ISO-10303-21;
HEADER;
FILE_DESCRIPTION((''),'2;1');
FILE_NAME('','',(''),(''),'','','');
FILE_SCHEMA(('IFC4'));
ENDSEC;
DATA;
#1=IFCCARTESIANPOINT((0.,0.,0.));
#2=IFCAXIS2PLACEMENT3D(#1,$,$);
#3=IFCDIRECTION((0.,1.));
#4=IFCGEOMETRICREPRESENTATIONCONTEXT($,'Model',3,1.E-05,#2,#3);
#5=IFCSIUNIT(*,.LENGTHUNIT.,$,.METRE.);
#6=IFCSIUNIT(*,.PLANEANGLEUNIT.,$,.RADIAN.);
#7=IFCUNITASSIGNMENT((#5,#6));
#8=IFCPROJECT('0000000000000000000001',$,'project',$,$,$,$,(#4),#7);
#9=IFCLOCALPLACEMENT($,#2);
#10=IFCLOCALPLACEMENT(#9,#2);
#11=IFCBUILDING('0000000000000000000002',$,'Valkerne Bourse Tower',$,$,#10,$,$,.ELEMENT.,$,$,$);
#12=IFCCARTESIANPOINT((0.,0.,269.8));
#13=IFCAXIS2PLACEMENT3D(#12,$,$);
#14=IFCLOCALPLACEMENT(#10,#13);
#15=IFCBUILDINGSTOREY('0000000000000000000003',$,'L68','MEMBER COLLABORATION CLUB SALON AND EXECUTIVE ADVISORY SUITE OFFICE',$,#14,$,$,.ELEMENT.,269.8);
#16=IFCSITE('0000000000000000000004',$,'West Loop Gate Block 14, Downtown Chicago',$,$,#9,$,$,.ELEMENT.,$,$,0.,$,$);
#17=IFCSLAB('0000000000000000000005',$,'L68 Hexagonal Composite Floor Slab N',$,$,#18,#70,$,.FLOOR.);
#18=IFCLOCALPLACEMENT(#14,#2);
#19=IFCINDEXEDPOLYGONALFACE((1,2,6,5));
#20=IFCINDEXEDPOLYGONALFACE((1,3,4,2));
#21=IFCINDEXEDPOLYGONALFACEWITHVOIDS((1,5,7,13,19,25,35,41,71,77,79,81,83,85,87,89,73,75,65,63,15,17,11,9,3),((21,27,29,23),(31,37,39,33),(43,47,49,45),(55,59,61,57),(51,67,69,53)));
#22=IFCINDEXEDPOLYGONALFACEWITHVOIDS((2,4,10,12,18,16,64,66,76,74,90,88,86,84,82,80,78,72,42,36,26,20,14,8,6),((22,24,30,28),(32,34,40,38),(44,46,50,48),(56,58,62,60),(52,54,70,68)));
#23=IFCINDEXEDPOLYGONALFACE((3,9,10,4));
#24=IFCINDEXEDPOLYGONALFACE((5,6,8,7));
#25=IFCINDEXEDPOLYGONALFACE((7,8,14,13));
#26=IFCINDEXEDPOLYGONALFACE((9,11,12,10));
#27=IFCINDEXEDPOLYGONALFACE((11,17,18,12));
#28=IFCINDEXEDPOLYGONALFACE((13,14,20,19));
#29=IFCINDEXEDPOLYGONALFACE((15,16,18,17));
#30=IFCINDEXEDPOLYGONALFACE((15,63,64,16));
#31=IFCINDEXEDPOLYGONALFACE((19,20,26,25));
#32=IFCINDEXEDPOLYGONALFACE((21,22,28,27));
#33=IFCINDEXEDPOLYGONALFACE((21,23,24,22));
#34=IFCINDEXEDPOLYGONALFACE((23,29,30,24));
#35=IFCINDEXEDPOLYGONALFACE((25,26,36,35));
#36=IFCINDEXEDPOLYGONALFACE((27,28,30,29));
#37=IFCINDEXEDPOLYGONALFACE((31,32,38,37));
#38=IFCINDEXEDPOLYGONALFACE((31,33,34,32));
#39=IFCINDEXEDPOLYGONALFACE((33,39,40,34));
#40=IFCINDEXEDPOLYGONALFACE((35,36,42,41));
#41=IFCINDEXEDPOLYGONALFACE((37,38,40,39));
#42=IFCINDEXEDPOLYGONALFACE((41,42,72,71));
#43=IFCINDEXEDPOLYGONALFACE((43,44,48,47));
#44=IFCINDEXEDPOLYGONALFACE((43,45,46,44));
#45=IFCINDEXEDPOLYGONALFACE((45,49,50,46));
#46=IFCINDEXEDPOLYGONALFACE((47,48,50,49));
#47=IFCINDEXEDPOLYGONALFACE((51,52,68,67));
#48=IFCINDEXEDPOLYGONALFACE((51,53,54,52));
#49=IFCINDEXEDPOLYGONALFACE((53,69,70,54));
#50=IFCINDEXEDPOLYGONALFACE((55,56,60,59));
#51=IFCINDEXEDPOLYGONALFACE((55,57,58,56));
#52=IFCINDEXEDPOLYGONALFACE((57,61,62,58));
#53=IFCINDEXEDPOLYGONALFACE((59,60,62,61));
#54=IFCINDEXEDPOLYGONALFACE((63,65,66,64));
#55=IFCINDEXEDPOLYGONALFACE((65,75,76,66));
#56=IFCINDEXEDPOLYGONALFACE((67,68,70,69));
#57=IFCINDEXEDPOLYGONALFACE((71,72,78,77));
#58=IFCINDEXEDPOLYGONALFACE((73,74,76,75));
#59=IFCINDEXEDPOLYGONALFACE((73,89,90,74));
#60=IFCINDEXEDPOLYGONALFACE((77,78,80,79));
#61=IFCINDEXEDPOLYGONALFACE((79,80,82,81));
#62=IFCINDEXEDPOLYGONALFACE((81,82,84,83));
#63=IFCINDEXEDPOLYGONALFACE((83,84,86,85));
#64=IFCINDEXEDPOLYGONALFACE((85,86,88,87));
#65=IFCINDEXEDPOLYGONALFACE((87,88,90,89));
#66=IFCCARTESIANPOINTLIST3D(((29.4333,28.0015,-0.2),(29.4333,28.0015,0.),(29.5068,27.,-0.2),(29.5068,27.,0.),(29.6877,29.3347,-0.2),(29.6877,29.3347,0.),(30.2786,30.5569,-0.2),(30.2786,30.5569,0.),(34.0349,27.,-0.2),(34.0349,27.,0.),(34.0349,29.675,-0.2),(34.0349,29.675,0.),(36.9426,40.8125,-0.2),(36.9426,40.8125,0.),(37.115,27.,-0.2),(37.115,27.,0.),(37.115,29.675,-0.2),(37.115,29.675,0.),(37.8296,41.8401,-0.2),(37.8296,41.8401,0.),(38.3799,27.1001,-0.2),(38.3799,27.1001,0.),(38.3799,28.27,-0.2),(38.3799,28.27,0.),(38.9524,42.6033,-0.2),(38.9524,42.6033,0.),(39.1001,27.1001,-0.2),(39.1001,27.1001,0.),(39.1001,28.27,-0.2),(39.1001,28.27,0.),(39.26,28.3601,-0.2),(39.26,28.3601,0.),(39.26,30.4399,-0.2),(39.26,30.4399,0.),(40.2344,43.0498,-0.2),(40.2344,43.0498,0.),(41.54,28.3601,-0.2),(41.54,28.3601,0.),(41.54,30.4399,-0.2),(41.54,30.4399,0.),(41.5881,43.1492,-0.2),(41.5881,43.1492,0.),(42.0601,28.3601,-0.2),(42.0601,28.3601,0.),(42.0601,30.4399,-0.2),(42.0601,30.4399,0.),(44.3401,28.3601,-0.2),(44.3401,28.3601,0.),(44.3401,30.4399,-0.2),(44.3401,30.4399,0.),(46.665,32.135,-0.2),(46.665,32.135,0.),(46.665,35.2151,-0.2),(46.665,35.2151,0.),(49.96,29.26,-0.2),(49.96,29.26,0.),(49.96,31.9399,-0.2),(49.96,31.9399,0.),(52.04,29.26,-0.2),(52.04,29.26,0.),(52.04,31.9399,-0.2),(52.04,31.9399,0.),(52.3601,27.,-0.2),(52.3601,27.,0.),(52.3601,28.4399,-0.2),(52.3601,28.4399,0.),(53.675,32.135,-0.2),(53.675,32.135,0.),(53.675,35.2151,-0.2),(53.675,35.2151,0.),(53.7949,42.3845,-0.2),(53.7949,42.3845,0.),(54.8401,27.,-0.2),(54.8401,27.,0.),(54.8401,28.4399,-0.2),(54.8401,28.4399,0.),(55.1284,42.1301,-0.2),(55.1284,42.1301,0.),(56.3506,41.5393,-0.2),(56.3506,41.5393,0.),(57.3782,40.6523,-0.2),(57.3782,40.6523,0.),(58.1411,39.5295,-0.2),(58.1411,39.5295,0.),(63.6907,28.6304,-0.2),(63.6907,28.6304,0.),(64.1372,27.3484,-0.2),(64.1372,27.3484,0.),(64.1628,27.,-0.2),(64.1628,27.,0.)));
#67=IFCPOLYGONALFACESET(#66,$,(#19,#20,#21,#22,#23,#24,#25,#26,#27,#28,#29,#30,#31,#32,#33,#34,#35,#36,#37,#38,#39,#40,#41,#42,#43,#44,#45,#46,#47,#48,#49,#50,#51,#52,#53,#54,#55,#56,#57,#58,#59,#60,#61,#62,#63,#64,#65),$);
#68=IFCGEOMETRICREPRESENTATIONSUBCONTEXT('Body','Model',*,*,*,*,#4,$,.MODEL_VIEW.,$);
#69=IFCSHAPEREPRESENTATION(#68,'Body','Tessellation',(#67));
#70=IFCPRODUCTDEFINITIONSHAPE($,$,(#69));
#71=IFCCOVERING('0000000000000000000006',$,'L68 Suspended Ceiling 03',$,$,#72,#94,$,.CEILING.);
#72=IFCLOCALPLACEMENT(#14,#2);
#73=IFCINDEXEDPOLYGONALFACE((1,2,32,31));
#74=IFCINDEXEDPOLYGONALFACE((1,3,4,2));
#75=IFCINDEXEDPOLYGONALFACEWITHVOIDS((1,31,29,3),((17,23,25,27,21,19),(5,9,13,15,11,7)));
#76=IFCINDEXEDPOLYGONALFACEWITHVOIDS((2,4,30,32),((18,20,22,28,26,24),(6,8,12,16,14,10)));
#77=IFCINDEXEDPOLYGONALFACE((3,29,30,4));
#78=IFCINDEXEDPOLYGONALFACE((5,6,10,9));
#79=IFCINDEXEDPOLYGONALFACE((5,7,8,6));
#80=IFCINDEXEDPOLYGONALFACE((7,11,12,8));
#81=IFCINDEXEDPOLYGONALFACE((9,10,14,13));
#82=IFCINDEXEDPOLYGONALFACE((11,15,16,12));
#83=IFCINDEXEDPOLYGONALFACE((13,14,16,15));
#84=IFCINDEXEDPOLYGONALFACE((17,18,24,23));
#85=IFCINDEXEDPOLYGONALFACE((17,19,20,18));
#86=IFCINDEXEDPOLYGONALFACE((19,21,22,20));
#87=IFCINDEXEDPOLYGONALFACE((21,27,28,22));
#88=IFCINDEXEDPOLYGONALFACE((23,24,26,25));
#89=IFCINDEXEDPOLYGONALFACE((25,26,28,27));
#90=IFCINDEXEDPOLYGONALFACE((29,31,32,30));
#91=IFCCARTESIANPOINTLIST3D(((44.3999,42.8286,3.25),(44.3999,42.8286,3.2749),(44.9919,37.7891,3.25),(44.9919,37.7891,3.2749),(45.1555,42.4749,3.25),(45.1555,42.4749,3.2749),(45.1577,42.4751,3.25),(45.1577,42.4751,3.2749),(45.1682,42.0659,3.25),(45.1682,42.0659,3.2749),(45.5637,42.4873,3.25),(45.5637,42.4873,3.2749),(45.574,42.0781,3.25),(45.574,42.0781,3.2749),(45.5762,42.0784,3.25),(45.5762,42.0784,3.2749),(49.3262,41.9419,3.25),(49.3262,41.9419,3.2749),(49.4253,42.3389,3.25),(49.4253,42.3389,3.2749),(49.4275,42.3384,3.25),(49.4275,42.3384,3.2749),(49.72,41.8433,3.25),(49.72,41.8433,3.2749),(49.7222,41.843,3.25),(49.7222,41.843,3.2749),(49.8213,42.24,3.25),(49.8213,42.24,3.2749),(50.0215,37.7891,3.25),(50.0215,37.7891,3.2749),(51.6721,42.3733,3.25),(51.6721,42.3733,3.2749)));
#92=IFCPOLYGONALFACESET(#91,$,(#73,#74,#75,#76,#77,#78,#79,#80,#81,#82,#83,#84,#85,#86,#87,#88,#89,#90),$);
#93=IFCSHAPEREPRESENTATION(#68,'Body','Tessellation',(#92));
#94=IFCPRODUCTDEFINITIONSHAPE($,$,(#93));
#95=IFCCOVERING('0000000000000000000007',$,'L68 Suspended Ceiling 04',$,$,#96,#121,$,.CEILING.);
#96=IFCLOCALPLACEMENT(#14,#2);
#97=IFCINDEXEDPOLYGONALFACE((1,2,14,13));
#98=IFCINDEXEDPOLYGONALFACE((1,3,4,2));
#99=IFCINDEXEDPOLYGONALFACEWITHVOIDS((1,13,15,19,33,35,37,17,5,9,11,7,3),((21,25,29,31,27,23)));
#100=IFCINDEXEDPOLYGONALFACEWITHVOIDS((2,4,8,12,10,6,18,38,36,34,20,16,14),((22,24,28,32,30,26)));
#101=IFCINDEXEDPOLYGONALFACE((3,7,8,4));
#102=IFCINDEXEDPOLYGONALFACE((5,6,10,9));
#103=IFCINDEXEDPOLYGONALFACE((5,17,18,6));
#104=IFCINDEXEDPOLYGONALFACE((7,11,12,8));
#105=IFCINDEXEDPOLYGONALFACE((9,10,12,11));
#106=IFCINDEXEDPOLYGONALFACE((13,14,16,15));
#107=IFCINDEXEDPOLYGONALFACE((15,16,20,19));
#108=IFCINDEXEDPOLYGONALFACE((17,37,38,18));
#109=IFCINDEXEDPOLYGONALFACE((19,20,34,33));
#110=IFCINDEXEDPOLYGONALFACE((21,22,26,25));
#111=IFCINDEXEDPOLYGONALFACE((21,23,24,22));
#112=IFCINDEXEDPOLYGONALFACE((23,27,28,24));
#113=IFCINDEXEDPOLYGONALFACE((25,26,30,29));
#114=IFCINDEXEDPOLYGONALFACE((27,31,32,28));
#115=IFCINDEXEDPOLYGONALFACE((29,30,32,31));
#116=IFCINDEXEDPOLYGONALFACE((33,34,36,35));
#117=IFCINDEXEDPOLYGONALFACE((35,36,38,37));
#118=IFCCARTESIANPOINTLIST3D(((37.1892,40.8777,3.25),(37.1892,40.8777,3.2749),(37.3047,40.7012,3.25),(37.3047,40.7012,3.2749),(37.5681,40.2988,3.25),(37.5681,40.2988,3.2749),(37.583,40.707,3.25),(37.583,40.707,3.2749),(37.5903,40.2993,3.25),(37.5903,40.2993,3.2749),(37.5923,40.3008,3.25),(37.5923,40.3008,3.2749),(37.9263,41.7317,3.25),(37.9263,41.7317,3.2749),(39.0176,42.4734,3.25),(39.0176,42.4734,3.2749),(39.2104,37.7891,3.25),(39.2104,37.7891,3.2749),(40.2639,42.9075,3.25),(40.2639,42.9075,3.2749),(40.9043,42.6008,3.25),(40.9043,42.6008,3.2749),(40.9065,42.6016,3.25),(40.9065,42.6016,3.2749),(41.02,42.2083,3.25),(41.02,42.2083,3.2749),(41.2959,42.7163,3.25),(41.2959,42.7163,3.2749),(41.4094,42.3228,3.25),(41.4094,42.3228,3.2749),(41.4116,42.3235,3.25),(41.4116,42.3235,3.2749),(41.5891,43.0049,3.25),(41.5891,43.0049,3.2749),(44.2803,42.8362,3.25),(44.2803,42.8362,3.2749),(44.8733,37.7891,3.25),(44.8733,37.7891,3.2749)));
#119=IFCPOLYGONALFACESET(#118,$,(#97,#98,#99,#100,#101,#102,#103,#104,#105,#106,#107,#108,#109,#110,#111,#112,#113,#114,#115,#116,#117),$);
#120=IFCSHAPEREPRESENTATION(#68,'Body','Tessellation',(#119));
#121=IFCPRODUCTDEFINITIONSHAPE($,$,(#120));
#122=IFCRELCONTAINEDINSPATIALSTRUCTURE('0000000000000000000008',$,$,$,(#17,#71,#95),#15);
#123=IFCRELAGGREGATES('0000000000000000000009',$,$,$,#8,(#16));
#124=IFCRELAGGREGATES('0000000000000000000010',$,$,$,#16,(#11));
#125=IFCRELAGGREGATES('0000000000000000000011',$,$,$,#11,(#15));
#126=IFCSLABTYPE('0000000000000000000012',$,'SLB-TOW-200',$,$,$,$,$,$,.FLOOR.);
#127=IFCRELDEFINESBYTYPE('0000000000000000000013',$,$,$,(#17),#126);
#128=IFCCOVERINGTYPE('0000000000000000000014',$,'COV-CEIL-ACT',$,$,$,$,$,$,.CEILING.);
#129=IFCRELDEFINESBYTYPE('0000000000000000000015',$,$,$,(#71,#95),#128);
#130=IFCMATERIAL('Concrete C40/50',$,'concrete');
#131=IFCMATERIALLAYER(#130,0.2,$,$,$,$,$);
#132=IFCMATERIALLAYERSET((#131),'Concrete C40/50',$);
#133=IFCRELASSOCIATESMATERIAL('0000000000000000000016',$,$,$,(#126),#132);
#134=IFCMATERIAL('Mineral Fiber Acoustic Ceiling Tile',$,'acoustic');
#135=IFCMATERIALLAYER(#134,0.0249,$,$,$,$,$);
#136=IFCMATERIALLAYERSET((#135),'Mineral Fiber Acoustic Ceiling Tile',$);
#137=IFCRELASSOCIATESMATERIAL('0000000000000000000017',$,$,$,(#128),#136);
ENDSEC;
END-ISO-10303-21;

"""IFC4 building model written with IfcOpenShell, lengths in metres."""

from ifc_helpers import new_model, si_unit, direction, frame, origin, place, context, subcontext, project, spatial, polyline, outline, extrude, material, layer, layer_set, type_object, element, save


model = new_model("IFC4")

# Units and contexts
model_context = context("Model", 3, precision=1e-05, world=origin(), true_north=direction((0.0, 1.0)))
body_context = subcontext(model_context, "Body", "Model", "MODEL_VIEW")
ifc_project = project(units=[si_unit("LENGTHUNIT", "METRE"), si_unit("PLANEANGLEUNIT", "RADIAN")], contexts=[model_context])

# Site, building, storey
site_placement = place(None, origin())
site = spatial("IfcSite", under=ifc_project, at=site_placement, Name="West Loop Gate Block 14, Downtown Chicago", CompositionType="ELEMENT", RefElevation=0.0)
building_placement = place(site_placement, origin())
building = spatial("IfcBuilding", under=site, at=building_placement, Name="Valkerne Bourse Tower", CompositionType="ELEMENT")
storey_placement = place(building_placement, frame((0.0, 0.0, 269.8)))
storey = spatial("IfcBuildingStorey", under=building, at=storey_placement, Name="L68", Description="MEMBER COLLABORATION CLUB SALON AND EXECUTIVE ADVISORY SUITE OFFICE", CompositionType="ELEMENT", Elevation=269.8)

# Shared definitions
ifc_material_1 = material(Name="Concrete C40/50", Category="concrete")

# Slab
ifc_layer_1 = layer(ifc_material_1, 0.2)
ifc_layer_set_1 = layer_set([ifc_layer_1], Name="Concrete C40/50")
slab_type_1 = type_object("IfcSlabType", Name="SLB-TOW-200", PredefinedType="FLOOR", material=ifc_layer_set_1)
slab_1_placement = place(storey_placement, frame((0.0, 0.0, -0.2)))
element("IfcSlab", 1, at=slab_1_placement, inside=storey, type_object=slab_type_1, Name="L68 Hexagonal Composite Floor Slab N", PredefinedType="FLOOR", context=body_context, shape_type="SweptSolid", body=[
    extrude(outline(polyline([(64.1372, 27.3484), (64.1628, 27.0), (54.8401, 27.0), (54.8401, 28.4399), (52.3601, 28.4399), (52.3601, 27.0), (37.115, 27.0), (37.115, 29.675), (34.0349, 29.675), (34.0349, 27.0), (29.5068, 27.0), (29.4333, 28.0015), (29.6877, 29.3347), (30.2786, 30.5569), (36.9426, 40.8125), (37.8296, 41.8401), (38.9524, 42.6033), (40.2344, 43.0498), (41.5881, 43.1492), (53.7949, 42.3845), (55.1284, 42.1301), (56.3506, 41.5393), (57.3782, 40.6523), (58.1411, 39.5295), (63.6907, 28.6304), (64.1372, 27.3484)]), holes=[polyline([(39.1001, 28.27), (38.3799, 28.27), (38.3799, 27.1001), (39.1001, 27.1001), (39.1001, 28.27)]), polyline([(41.54, 30.4399), (39.26, 30.4399), (39.26, 28.3601), (41.54, 28.3601), (41.54, 30.4399)]), polyline([(42.0601, 30.4399), (42.0601, 28.3601), (44.3401, 28.3601), (44.3401, 30.4399), (42.0601, 30.4399)]), polyline([(52.04, 31.9399), (49.96, 31.9399), (49.96, 29.26), (52.04, 29.26), (52.04, 31.9399)]), polyline([(53.675, 35.2151), (46.665, 35.2151), (46.665, 32.135), (53.675, 32.135), (53.675, 35.2151)])]), origin(), (0.0, 0.0, 1.0), 0.2),
])

# Coverings
ifc_material_2 = material(Name="Mineral Fiber Acoustic Ceiling Tile", Category="acoustic")
ifc_layer_2 = layer(ifc_material_2, 0.0249)
ifc_layer_set_2 = layer_set([ifc_layer_2], Name="Mineral Fiber Acoustic Ceiling Tile")
covering_type_1 = type_object("IfcCoveringType", Name="COV-CEIL-ACT", PredefinedType="CEILING", material=ifc_layer_set_2)
covering_1_placement = place(storey_placement, frame((0.0, 0.0, 3.25)))
element("IfcCovering", 2, at=covering_1_placement, inside=storey, type_object=covering_type_1, Name="L68 Suspended Ceiling 03", PredefinedType="CEILING", context=body_context, shape_type="SweptSolid", body=[
    extrude(outline(polyline([(44.9919, 37.7891), (44.3999, 42.8286), (51.6721, 42.3733), (50.0215, 37.7891), (44.9919, 37.7891)]), holes=[polyline([(45.574, 42.0781), (45.5762, 42.0784), (45.5637, 42.4873), (45.1577, 42.4751), (45.1555, 42.4749), (45.1682, 42.0659), (45.574, 42.0781)]), polyline([(49.8213, 42.24), (49.4275, 42.3384), (49.4253, 42.3389), (49.3262, 41.9419), (49.72, 41.8433), (49.7222, 41.843), (49.8213, 42.24)])]), origin(), (0.0, 0.0, 1.0), 0.0249),
])
covering_2_placement = place(storey_placement, frame((0.0, 0.0, 3.25)))
element("IfcCovering", 3, at=covering_2_placement, inside=storey, type_object=covering_type_1, Name="L68 Suspended Ceiling 04", PredefinedType="CEILING", context=body_context, shape_type="SweptSolid", body=[
    extrude(outline(polyline([(40.2639, 42.9075), (41.5891, 43.0049), (44.2803, 42.8362), (44.8733, 37.7891), (39.2104, 37.7891), (37.5681, 40.2988), (37.5903, 40.2993), (37.5923, 40.3008), (37.583, 40.707), (37.3047, 40.7012), (37.1892, 40.8777), (37.9263, 41.7317), (39.0176, 42.4734), (40.2639, 42.9075)]), holes=[polyline([(41.4116, 42.3235), (41.2959, 42.7163), (40.9065, 42.6016), (40.9043, 42.6008), (41.02, 42.2083), (41.4094, 42.3228), (41.4116, 42.3235)])]), origin(), (0.0, 0.0, 1.0), 0.0249),
])

save(model, "model.ifc")
